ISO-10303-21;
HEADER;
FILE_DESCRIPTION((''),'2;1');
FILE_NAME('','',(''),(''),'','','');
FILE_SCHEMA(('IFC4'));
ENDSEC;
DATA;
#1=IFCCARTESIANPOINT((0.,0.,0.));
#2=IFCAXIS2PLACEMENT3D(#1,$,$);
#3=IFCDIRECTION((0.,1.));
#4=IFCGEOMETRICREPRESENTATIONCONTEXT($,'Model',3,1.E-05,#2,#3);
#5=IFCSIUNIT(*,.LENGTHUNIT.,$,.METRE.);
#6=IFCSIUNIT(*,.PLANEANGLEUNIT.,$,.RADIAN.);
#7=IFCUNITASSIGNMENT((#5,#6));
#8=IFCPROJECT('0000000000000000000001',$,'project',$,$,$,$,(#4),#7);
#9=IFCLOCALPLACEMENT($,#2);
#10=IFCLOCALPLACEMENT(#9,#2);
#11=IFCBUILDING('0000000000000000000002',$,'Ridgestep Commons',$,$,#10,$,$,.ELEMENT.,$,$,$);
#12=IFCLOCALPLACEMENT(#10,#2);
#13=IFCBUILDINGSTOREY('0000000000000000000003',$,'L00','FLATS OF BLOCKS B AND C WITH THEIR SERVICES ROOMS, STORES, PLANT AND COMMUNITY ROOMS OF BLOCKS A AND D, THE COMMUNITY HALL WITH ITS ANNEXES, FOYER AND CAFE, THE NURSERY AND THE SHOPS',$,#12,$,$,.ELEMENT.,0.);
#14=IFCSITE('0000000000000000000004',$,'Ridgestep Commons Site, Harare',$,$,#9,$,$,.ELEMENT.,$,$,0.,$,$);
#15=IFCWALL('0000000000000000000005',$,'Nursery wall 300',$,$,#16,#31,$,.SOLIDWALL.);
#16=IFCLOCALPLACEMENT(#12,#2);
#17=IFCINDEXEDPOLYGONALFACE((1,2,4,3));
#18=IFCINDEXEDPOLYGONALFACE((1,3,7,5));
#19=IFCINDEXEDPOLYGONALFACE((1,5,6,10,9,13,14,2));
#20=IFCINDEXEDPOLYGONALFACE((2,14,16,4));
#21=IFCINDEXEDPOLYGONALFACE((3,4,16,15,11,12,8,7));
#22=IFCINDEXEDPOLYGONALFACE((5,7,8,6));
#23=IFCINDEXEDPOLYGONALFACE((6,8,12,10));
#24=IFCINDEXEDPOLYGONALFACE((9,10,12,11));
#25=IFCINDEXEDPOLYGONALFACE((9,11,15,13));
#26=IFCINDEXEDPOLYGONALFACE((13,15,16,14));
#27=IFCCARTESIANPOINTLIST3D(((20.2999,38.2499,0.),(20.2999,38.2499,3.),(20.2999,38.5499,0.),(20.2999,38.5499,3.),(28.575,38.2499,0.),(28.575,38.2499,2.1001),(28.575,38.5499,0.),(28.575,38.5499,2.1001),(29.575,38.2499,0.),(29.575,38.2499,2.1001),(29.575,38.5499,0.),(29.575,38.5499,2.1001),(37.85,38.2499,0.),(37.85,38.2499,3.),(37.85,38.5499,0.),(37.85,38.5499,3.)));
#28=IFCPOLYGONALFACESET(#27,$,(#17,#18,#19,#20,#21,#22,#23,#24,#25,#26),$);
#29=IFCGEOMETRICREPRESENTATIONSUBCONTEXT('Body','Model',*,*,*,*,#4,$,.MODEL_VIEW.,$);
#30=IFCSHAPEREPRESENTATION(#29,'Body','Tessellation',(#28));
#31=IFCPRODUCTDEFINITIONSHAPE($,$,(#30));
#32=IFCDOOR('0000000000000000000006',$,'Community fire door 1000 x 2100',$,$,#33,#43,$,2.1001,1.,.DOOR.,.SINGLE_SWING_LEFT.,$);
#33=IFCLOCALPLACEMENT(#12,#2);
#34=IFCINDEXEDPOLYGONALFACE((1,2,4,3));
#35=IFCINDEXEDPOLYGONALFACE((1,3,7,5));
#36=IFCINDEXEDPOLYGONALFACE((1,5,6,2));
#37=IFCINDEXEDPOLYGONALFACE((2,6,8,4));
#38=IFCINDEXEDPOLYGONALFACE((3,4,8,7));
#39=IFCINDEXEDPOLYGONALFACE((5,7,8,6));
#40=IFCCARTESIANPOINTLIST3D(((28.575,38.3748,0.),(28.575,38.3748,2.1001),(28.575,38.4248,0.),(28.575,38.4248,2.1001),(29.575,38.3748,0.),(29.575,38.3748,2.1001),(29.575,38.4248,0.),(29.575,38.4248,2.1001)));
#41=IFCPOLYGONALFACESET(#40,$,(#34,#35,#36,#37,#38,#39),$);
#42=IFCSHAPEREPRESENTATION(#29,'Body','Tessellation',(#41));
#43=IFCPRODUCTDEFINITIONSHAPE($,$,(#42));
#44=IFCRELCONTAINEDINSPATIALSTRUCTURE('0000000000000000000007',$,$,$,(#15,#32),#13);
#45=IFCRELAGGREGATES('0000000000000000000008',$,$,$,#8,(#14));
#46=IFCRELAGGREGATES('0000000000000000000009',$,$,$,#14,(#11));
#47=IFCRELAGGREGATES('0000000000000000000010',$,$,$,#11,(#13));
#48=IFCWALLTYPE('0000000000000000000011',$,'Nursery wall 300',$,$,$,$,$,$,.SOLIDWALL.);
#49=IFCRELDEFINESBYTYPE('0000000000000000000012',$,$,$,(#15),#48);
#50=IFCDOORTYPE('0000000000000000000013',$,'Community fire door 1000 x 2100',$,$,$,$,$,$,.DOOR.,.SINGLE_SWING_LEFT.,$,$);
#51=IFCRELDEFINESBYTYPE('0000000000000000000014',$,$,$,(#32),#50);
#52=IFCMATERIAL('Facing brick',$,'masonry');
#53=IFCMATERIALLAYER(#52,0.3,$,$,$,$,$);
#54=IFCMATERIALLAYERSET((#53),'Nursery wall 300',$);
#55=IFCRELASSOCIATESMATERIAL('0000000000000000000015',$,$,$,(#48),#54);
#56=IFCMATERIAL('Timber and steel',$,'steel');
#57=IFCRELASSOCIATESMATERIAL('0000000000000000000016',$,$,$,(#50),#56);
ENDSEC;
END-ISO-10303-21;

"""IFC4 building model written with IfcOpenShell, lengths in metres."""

from ifc_helpers import new_model, si_unit, direction, frame, frame_2d, origin, place, context, subcontext, project, spatial, rectangle, extrude, material, layer, layer_set, type_object, element, fill, save


model = new_model("IFC4")

# Units and contexts
model_context = context("Model", 3, precision=1e-05, world=origin(), true_north=direction((0.0, 1.0)))
body_context = subcontext(model_context, "Body", "Model", "MODEL_VIEW")
ifc_project = project(units=[si_unit("LENGTHUNIT", "METRE"), si_unit("PLANEANGLEUNIT", "RADIAN")], contexts=[model_context])

# Site, building, storey
site_placement = place(None, origin())
site = spatial("IfcSite", under=ifc_project, at=site_placement, Name="Ridgestep Commons Site, Harare", CompositionType="ELEMENT", RefElevation=0.0)
building_placement = place(site_placement, origin())
building = spatial("IfcBuilding", under=site, at=building_placement, Name="Ridgestep Commons", CompositionType="ELEMENT")
storey_placement = place(building_placement, origin())
storey = spatial("IfcBuildingStorey", under=building, at=storey_placement, Name="L00", Description="FLATS OF BLOCKS B AND C WITH THEIR SERVICES ROOMS, STORES, PLANT AND COMMUNITY ROOMS OF BLOCKS A AND D, THE COMMUNITY HALL WITH ITS ANNEXES, FOYER AND CAFE, THE NURSERY AND THE SHOPS", CompositionType="ELEMENT", Elevation=0.0)

# Shared definitions
ifc_material_1 = material(Name="Facing brick", Category="masonry")
ifc_layer_1 = layer(ifc_material_1, 0.3)
ifc_layer_set_1 = layer_set([ifc_layer_1], Name="Nursery wall 300")
wall_type_1 = type_object("IfcWallType", Name="Nursery wall 300", PredefinedType="SOLIDWALL", material=ifc_layer_set_1)
ifc_material_2 = material(Name="Timber and steel", Category="steel")
door_type_1 = type_object("IfcDoorType", Name="Community fire door 1000 x 2100", OperationType="SINGLE_SWING_LEFT", PredefinedType="DOOR", material=ifc_material_2)

# Wall, opening, door
wall_1_placement = place(storey_placement, frame((20.3, 38.3999, 0.0), z_axis=(0.0, 0.0, 1.0), x_axis=(1.0, 0.0, 0.0)))
wall_1 = element("IfcWall", 1, at=wall_1_placement, inside=storey, type_object=wall_type_1, Name="Nursery wall 300", PredefinedType="SOLIDWALL", context=body_context, shape_type="SweptSolid", body=[
    extrude(rectangle(XDim=17.55, YDim=0.3, at=frame_2d((8.7749, 0.0))), origin(), (0.0, 0.0, 1.0), 3.0),
])
opening_1_placement = place(wall_1_placement, frame((8.2749, 0.0, 0.0)))
opening_1 = element("IfcOpeningElement", 2, at=opening_1_placement, cuts=wall_1, PredefinedType="OPENING", context=body_context, shape_type="SweptSolid", body=[
    extrude(rectangle(XDim=1.0, YDim=2.1001, at=frame_2d((0.5, 1.05))), frame((0.0, 0.1599, 0.0), z_axis=(0.0, -1.0, 0.0), x_axis=(1.0, 0.0, 0.0)), (0.0, 0.0, 1.0), 0.3201),
])
door_1_placement = place(opening_1_placement, origin())
door_1 = element("IfcDoor", 3, at=door_1_placement, inside=storey, type_object=door_type_1, Name="Community fire door 1000 x 2100", OperationType="SINGLE_SWING_LEFT", OverallHeight=2.1001, OverallWidth=1.0, PredefinedType="DOOR", context=body_context, shape_type="SweptSolid", body=[
    extrude(rectangle(XDim=1.0, YDim=2.1001, at=frame_2d((0.5, 1.05))), frame((0.0, 0.0249, 0.0), z_axis=(0.0, -1.0, 0.0), x_axis=(1.0, 0.0, 0.0)), (0.0, 0.0, 1.0), 0.05),
])
fill(opening_1, door_1)

save(model, "model.ifc")
